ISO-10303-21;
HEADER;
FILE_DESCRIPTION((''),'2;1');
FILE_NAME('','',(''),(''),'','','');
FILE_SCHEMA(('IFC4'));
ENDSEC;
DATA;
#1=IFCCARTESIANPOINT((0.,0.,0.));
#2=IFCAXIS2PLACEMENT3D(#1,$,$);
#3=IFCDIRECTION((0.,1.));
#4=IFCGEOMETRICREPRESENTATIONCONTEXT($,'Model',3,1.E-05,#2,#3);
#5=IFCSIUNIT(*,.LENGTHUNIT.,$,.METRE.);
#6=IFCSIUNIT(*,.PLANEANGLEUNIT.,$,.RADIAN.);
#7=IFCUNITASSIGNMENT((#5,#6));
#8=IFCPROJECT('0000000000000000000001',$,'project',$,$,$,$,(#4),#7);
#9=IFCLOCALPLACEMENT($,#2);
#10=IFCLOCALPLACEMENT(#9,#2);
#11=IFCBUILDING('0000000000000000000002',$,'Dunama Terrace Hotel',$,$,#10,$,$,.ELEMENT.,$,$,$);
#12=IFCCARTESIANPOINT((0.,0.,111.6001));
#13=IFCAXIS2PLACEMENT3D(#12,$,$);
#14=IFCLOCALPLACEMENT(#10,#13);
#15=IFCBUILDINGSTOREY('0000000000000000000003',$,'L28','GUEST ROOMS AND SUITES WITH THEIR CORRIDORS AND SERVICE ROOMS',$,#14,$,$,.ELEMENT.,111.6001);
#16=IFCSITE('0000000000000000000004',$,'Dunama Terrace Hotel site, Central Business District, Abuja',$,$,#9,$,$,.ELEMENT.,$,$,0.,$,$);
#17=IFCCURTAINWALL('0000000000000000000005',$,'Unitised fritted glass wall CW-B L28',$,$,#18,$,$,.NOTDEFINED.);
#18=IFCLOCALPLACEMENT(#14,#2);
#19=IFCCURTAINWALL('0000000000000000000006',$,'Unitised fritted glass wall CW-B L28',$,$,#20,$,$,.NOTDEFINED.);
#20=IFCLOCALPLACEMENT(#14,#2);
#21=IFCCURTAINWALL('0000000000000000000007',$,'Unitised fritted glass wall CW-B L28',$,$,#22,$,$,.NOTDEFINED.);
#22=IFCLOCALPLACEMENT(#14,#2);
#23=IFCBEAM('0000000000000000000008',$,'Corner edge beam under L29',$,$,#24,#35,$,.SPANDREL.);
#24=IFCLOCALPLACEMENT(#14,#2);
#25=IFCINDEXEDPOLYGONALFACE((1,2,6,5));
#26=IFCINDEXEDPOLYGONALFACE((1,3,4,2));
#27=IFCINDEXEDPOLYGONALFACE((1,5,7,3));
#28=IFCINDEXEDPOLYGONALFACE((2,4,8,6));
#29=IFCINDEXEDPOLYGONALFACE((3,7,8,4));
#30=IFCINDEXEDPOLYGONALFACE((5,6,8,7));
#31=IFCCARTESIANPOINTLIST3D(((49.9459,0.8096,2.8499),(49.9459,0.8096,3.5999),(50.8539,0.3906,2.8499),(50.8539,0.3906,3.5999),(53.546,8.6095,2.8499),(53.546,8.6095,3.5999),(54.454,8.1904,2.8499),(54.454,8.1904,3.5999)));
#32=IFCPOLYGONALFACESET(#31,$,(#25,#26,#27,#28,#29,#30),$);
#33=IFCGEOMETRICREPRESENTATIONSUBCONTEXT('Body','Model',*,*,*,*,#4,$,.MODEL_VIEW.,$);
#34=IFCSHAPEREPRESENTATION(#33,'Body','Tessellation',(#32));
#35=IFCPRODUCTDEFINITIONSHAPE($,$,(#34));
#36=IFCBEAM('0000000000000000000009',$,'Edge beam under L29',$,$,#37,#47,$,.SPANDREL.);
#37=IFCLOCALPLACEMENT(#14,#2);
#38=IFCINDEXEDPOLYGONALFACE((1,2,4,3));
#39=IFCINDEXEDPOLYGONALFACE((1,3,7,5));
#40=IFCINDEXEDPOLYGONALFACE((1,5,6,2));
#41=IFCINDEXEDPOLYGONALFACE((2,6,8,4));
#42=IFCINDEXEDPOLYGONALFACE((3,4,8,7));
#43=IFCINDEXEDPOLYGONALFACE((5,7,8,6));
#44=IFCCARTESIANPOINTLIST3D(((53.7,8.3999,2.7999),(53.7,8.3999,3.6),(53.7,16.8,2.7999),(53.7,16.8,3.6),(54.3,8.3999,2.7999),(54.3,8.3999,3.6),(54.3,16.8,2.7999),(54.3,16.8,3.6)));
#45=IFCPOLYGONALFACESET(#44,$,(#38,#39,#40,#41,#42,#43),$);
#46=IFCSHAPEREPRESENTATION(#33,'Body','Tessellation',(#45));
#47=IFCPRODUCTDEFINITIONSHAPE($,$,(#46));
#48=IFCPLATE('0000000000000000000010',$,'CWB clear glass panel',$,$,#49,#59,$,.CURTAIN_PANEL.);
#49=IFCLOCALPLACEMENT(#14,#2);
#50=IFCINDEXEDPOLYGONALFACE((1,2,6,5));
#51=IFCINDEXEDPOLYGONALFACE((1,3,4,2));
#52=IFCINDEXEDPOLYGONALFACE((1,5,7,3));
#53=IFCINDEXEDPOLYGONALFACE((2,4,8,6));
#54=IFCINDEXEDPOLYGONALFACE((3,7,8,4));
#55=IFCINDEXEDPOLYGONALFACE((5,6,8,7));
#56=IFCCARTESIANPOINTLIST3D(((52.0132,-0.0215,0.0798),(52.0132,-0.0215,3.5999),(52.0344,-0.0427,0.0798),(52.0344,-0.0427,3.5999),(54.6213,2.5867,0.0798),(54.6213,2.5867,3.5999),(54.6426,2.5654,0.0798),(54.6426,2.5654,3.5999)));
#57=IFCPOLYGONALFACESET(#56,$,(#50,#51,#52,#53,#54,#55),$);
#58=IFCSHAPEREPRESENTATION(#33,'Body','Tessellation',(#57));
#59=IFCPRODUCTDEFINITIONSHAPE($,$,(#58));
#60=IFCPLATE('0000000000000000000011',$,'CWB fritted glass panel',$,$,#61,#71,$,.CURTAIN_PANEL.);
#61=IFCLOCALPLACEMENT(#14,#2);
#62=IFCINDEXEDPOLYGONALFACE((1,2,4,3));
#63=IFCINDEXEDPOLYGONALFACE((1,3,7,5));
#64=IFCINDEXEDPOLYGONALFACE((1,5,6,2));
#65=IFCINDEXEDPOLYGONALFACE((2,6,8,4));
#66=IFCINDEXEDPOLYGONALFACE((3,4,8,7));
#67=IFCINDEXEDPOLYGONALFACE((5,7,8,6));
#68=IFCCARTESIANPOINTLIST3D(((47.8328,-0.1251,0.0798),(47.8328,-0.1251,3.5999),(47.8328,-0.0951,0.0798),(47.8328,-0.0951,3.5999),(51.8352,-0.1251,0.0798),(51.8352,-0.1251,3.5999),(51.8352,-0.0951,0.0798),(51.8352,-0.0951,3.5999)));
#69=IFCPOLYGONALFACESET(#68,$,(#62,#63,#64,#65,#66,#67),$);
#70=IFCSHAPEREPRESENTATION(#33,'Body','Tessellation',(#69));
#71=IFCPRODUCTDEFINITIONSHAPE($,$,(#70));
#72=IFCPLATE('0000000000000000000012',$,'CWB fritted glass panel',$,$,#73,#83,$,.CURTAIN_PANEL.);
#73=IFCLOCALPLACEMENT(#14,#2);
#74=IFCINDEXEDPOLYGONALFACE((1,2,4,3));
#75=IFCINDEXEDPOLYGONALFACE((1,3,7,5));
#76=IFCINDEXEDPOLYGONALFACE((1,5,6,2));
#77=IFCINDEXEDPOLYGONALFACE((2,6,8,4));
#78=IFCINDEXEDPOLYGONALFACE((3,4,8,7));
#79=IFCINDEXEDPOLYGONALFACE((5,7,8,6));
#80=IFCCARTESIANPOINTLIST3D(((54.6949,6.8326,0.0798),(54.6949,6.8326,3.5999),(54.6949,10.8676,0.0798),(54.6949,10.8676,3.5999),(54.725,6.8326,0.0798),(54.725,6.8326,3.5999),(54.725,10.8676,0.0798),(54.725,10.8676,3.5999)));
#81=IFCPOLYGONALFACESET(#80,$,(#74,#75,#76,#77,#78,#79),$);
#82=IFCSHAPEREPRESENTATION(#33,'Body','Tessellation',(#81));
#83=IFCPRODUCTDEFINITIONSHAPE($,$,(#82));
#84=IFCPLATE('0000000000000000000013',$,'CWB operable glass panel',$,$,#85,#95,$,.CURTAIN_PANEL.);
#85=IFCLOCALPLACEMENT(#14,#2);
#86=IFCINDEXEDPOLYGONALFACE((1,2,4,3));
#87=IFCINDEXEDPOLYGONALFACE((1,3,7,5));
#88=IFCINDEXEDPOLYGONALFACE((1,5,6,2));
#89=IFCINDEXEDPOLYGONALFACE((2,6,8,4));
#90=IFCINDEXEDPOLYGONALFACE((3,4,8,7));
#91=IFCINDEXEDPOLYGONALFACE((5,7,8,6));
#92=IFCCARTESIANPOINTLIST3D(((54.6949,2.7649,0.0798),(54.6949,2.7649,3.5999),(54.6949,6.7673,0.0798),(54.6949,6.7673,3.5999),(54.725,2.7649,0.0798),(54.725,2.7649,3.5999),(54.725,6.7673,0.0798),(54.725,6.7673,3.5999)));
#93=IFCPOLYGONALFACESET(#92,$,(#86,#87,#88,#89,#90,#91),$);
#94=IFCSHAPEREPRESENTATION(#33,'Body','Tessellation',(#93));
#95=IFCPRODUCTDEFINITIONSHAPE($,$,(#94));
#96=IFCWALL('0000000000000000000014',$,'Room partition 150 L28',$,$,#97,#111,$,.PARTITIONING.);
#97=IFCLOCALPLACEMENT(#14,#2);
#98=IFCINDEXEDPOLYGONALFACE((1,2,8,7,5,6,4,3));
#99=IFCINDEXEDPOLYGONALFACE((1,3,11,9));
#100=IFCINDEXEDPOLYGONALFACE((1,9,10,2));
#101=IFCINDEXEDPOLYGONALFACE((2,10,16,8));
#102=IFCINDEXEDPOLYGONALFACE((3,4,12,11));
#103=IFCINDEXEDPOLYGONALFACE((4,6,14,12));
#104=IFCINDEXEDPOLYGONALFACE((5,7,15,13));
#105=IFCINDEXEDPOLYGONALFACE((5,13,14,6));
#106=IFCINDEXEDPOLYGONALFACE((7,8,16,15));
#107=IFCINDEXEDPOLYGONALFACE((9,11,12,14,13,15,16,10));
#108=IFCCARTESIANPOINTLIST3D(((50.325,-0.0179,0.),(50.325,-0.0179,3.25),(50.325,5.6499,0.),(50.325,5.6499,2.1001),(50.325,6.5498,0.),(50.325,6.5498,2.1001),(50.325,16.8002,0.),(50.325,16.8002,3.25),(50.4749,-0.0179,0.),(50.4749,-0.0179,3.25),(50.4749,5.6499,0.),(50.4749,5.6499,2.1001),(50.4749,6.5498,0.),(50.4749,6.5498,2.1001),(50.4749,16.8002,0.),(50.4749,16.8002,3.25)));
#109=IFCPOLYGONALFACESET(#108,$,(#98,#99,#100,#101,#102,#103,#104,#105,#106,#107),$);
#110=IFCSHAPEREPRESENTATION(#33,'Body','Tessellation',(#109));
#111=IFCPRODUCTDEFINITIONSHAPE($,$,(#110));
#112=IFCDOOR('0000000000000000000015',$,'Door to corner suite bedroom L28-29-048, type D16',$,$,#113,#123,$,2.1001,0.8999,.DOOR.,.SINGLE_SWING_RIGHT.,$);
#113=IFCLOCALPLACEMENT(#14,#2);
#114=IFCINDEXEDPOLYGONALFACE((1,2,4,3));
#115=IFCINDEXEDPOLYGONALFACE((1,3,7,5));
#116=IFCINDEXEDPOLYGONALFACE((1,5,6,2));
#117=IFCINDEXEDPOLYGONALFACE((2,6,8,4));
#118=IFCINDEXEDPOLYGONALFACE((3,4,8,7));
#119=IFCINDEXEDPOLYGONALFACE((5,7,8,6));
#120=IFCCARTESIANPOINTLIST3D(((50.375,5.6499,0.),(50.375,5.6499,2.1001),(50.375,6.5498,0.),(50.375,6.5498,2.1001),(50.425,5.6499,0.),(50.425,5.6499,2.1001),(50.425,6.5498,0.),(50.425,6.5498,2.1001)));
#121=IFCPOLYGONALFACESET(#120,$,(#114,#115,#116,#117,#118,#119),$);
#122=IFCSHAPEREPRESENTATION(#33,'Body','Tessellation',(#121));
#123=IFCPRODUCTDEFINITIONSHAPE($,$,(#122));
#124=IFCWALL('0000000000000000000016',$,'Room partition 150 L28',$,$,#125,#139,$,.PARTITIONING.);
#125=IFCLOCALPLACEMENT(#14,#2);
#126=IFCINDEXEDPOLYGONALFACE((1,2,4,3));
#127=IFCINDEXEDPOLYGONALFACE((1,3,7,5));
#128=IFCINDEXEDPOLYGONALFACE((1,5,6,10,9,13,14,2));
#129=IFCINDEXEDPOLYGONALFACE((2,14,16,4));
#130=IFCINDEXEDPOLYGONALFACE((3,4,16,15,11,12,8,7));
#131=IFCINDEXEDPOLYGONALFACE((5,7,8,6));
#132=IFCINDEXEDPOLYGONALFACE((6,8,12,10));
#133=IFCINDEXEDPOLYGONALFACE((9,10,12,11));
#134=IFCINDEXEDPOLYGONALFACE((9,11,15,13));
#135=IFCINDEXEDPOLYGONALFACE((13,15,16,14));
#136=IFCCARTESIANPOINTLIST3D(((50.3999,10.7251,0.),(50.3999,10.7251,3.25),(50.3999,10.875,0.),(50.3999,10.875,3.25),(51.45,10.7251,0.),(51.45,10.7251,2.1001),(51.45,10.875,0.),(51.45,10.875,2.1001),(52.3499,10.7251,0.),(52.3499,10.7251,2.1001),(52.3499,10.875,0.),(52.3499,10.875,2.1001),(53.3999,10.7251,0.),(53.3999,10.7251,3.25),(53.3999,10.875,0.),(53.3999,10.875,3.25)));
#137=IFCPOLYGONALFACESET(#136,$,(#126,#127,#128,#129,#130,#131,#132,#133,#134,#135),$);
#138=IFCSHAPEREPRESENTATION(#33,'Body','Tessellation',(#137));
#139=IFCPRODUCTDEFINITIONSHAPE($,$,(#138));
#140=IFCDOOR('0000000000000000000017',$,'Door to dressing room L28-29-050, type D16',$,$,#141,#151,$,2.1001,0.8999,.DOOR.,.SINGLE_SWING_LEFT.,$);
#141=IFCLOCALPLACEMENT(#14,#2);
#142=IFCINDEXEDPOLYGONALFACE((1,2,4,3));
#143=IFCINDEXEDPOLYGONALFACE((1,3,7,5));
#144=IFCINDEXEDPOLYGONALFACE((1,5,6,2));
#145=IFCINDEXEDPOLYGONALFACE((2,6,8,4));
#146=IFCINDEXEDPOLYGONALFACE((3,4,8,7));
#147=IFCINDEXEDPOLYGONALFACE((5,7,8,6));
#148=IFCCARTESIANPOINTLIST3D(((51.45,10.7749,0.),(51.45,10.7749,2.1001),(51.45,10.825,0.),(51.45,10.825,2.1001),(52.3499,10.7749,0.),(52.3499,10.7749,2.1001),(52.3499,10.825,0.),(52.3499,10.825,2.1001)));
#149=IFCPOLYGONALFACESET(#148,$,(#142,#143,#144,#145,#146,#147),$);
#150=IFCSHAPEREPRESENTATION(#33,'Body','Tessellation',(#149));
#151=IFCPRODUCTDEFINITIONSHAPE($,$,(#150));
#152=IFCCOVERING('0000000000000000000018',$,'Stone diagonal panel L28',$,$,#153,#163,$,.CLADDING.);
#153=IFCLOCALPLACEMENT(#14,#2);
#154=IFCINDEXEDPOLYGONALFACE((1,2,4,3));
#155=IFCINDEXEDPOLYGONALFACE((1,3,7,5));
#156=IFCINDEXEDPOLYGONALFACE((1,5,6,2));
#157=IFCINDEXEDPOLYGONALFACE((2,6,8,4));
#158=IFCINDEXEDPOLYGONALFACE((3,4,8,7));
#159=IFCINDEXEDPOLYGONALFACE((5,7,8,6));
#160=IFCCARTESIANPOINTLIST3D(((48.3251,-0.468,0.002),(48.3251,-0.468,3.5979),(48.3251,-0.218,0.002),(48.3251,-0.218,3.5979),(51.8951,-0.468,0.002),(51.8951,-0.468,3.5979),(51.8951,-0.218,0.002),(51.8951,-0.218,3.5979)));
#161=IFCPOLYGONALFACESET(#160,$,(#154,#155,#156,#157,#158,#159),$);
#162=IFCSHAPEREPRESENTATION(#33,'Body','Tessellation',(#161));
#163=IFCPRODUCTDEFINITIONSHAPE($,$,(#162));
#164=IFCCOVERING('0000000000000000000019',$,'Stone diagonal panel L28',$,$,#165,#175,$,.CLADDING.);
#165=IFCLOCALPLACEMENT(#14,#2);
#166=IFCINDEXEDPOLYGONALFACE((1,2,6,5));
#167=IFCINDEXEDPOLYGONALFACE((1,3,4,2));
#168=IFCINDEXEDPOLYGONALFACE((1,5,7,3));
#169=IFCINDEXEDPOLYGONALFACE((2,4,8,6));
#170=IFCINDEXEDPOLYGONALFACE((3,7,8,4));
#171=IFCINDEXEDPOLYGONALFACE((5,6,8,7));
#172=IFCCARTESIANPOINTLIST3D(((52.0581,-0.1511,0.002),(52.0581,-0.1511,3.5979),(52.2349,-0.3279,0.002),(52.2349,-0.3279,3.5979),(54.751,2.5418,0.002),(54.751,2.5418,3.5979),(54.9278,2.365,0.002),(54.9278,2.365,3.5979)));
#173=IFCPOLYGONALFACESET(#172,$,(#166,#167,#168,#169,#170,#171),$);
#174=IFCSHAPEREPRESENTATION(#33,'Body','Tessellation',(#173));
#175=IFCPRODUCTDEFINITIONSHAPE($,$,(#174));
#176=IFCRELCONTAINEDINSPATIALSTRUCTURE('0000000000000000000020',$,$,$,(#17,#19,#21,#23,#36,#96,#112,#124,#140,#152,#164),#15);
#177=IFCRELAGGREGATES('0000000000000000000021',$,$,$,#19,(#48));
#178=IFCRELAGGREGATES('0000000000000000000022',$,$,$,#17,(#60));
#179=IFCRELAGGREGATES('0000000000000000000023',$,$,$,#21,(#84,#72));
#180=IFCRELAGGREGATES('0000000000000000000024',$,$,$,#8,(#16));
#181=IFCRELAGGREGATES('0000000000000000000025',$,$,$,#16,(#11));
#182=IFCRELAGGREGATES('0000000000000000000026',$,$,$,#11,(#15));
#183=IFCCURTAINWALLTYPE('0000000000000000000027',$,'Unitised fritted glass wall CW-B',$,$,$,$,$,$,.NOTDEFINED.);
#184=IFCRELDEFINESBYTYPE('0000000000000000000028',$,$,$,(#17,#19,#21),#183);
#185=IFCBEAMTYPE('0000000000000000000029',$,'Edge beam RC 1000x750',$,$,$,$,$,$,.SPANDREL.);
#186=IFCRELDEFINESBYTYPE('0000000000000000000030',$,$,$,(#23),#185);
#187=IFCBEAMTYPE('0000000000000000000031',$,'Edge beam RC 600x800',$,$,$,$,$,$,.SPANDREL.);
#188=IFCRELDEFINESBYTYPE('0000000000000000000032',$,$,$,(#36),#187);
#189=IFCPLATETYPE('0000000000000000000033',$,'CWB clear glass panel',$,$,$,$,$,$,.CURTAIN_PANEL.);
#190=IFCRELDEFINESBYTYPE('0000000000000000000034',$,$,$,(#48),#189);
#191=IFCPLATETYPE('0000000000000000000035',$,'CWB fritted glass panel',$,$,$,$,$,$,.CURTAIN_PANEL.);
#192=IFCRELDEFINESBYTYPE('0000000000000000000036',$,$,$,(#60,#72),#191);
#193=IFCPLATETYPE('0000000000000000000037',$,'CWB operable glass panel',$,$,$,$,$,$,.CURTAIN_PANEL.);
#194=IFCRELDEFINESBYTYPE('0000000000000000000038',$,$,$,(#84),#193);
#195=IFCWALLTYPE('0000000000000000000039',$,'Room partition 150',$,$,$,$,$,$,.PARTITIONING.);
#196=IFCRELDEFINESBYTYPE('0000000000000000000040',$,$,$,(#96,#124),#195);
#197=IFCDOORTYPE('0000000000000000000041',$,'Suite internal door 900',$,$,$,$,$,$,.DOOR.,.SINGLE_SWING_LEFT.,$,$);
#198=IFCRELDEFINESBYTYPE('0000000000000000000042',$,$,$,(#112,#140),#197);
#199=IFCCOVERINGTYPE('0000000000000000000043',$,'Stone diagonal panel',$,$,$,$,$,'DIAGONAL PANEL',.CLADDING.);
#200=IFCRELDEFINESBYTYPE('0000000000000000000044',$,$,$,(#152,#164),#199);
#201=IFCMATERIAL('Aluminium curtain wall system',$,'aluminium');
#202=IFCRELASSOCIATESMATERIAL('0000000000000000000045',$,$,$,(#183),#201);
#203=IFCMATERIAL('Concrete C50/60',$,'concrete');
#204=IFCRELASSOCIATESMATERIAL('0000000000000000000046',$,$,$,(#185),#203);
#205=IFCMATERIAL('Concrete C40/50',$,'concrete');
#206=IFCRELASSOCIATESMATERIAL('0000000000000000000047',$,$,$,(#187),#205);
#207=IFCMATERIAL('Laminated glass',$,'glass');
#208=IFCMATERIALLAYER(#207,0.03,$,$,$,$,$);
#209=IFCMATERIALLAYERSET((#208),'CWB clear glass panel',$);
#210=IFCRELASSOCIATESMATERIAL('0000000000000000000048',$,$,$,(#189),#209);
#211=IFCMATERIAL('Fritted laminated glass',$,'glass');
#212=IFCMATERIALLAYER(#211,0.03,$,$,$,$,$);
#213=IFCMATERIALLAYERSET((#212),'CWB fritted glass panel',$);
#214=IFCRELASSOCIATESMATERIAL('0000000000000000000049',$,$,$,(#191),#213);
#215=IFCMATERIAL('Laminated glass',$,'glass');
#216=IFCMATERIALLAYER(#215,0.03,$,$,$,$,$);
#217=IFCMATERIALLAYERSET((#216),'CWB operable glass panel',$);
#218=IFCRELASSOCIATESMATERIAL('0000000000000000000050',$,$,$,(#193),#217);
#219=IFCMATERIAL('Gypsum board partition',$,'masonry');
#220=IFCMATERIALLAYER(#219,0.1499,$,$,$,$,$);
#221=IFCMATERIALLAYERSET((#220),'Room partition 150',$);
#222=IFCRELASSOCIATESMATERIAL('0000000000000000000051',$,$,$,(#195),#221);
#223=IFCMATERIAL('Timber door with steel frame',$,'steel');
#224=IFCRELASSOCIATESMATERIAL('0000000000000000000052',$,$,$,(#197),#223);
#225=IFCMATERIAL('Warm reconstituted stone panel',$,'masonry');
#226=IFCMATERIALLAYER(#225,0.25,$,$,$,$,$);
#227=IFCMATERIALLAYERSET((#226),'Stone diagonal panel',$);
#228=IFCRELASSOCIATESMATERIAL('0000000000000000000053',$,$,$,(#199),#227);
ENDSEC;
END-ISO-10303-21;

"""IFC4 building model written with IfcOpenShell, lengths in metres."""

from ifc_helpers import new_model, si_unit, direction, frame, frame_2d, origin, origin_2d, place, context, subcontext, project, spatial, rectangle, extrude, material, layer, layer_set, material_profile, profile_set, type_object, element, fill, aggregate, save


model = new_model("IFC4")

# Units and contexts
model_context = context("Model", 3, precision=1e-05, world=origin(), true_north=direction((0.0, 1.0)))
body_context = subcontext(model_context, "Body", "Model", "MODEL_VIEW")
ifc_project = project(units=[si_unit("LENGTHUNIT", "METRE"), si_unit("PLANEANGLEUNIT", "RADIAN")], contexts=[model_context])

# Site, building, storey
site_placement = place(None, origin())
site = spatial("IfcSite", under=ifc_project, at=site_placement, Name="Dunama Terrace Hotel site, Central Business District, Abuja", CompositionType="ELEMENT", RefElevation=0.0)
building_placement = place(site_placement, origin())
building = spatial("IfcBuilding", under=site, at=building_placement, Name="Dunama Terrace Hotel", CompositionType="ELEMENT")
storey_placement = place(building_placement, frame((0.0, 0.0, 111.6001)))
storey = spatial("IfcBuildingStorey", under=building, at=storey_placement, Name="L28", Description="GUEST ROOMS AND SUITES WITH THEIR CORRIDORS AND SERVICE ROOMS", CompositionType="ELEMENT", Elevation=111.6001)

# Curtain walls
ifc_material_1 = material(Name="Aluminium curtain wall system", Category="aluminium")
curtain_wall_type = type_object("IfcCurtainWallType", Name="Unitised fritted glass wall CW-B", PredefinedType="NOTDEFINED", material=ifc_material_1)
curtain_wall_1_placement = place(storey_placement, origin())
curtain_wall_1 = element("IfcCurtainWall", 1, at=curtain_wall_1_placement, inside=storey, type_object=curtain_wall_type, Name="Unitised fritted glass wall CW-B L28", PredefinedType="NOTDEFINED")
curtain_wall_2_placement = place(storey_placement, origin())
curtain_wall_2 = element("IfcCurtainWall", 2, at=curtain_wall_2_placement, inside=storey, type_object=curtain_wall_type, Name="Unitised fritted glass wall CW-B L28", PredefinedType="NOTDEFINED")
curtain_wall_3_placement = place(storey_placement, origin())
curtain_wall_3 = element("IfcCurtainWall", 3, at=curtain_wall_3_placement, inside=storey, type_object=curtain_wall_type, Name="Unitised fritted glass wall CW-B L28", PredefinedType="NOTDEFINED")

# Beams
ifc_material_2 = material(Name="Concrete C50/60", Category="concrete")
ifc_material_profile_1 = material_profile(ifc_material_2, rectangle(XDim=1.0, YDim=0.75, at=origin_2d()), Name="RC 1000x750")
ifc_profile_set_1 = profile_set([ifc_material_profile_1], Name="Concrete C50/60")
beam_type_1 = type_object("IfcBeamType", Name="Edge beam RC 1000x750", PredefinedType="SPANDREL", material=ifc_profile_set_1)
beam_1_placement = place(storey_placement, frame((50.3999, 0.6001, 3.2249), z_axis=(0.419076, 0.907951, 0.0), x_axis=(-0.907951, 0.419076, 0.0)))
element("IfcBeam", 4, at=beam_1_placement, inside=storey, type_object=beam_type_1, Name="Corner edge beam under L29", PredefinedType="SPANDREL", context=body_context, shape_type="SweptSolid", body=[
    extrude(rectangle(XDim=1.0, YDim=0.75, at=origin_2d()), origin(), (0.0, 0.0, 1.0), 8.5906),
])
ifc_material_3 = material(Name="Concrete C40/50", Category="concrete")
ifc_material_profile_2 = material_profile(ifc_material_3, rectangle(XDim=0.6001, YDim=0.8, at=origin_2d()), Name="RC 600x800")
ifc_profile_set_2 = profile_set([ifc_material_profile_2], Name="Concrete C40/50")
beam_type_2 = type_object("IfcBeamType", Name="Edge beam RC 600x800", PredefinedType="SPANDREL", material=ifc_profile_set_2)
beam_2_placement = place(storey_placement, frame((54.0, 8.3999, 3.2), z_axis=(0.0, 1.0, 0.0), x_axis=(-1.0, 0.0, 0.0)))
element("IfcBeam", 5, at=beam_2_placement, inside=storey, type_object=beam_type_2, Name="Edge beam under L29", PredefinedType="SPANDREL", context=body_context, shape_type="SweptSolid", body=[
    extrude(rectangle(XDim=0.6001, YDim=0.8, at=origin_2d()), origin(), (0.0, 0.0, 1.0), 8.4001),
])

# Plates
ifc_material_4 = material(Name="Laminated glass", Category="glass")
ifc_layer_1 = layer(ifc_material_4, 0.03)
ifc_layer_set_1 = layer_set([ifc_layer_1], Name="CWB clear glass panel")
plate_type_1 = type_object("IfcPlateType", Name="CWB clear glass panel", PredefinedType="CURTAIN_PANEL", material=ifc_layer_set_1)
plate_1_placement = place(storey_placement, frame((53.3279, 1.272, 0.0798), z_axis=(0.0, 0.0, 1.0), x_axis=(0.707107, 0.707107, 0.0)))
plate_1 = element("IfcPlate", 6, at=plate_1_placement, type_object=plate_type_1, Name="CWB clear glass panel", PredefinedType="CURTAIN_PANEL", context=body_context, shape_type="SweptSolid", body=[
    extrude(rectangle(XDim=3.6885, YDim=0.03, at=origin_2d()), origin(), (0.0, 0.0, 1.0), 3.52),
])
aggregate(curtain_wall_2, [plate_1])
ifc_material_5 = material(Name="Fritted laminated glass", Category="glass")
ifc_layer_2 = layer(ifc_material_5, 0.03)
ifc_layer_set_2 = layer_set([ifc_layer_2], Name="CWB fritted glass panel")
plate_type_2 = type_object("IfcPlateType", Name="CWB fritted glass panel", PredefinedType="CURTAIN_PANEL", material=ifc_layer_set_2)
plate_2_placement = place(storey_placement, frame((49.834, -0.1101, 0.0798), z_axis=(0.0, 0.0, 1.0), x_axis=(1.0, 0.0, 0.0)))
plate_2 = element("IfcPlate", 7, at=plate_2_placement, type_object=plate_type_2, Name="CWB fritted glass panel", PredefinedType="CURTAIN_PANEL", context=body_context, shape_type="SweptSolid", body=[
    extrude(rectangle(XDim=4.0024, YDim=0.03, at=origin_2d()), origin(), (0.0, 0.0, 1.0), 3.52),
])
aggregate(curtain_wall_1, [plate_2])
plate_3_placement = place(storey_placement, frame((54.71, 8.8501, 0.0798), z_axis=(0.0, 0.0, 1.0), x_axis=(0.0, 1.0, 0.0)))
plate_3 = element("IfcPlate", 8, at=plate_3_placement, type_object=plate_type_2, Name="CWB fritted glass panel", PredefinedType="CURTAIN_PANEL", context=body_context, shape_type="SweptSolid", body=[
    extrude(rectangle(XDim=4.0349, YDim=0.03, at=origin_2d()), origin(), (0.0, 0.0, 1.0), 3.52),
])
ifc_material_6 = material(Name="Laminated glass", Category="glass")
ifc_layer_3 = layer(ifc_material_6, 0.03)
ifc_layer_set_3 = layer_set([ifc_layer_3], Name="CWB operable glass panel")
plate_type_3 = type_object("IfcPlateType", Name="CWB operable glass panel", PredefinedType="CURTAIN_PANEL", material=ifc_layer_set_3)
plate_4_placement = place(storey_placement, frame((54.71, 4.7661, 0.0798), z_axis=(0.0, 0.0, 1.0), x_axis=(0.0, 1.0, 0.0)))
plate_4 = element("IfcPlate", 9, at=plate_4_placement, type_object=plate_type_3, Name="CWB operable glass panel", PredefinedType="CURTAIN_PANEL", context=body_context, shape_type="SweptSolid", body=[
    extrude(rectangle(XDim=4.0024, YDim=0.03, at=origin_2d()), origin(), (0.0, 0.0, 1.0), 3.52),
])
aggregate(curtain_wall_3, [plate_4, plate_3])

# Walls, openings, doors
ifc_material_7 = material(Name="Gypsum board partition", Category="masonry")
ifc_layer_4 = layer(ifc_material_7, 0.1499)
ifc_layer_set_4 = layer_set([ifc_layer_4], Name="Room partition 150")
wall_type = type_object("IfcWallType", Name="Room partition 150", PredefinedType="PARTITIONING", material=ifc_layer_set_4)
wall_1_placement = place(storey_placement, frame((50.3999, -0.0181, 0.0), z_axis=(0.0, 0.0, 1.0), x_axis=(0.0, 1.0, 0.0)))
wall_1 = element("IfcWall", 10, at=wall_1_placement, inside=storey, type_object=wall_type, Name="Room partition 150 L28", PredefinedType="PARTITIONING", context=body_context, shape_type="SweptSolid", body=[
    extrude(rectangle(XDim=16.8181, YDim=0.1499, at=frame_2d((8.4092, 0.0))), origin(), (0.0, 0.0, 1.0), 3.25),
])
opening_1_placement = place(wall_1_placement, frame((5.668, 0.0, 0.0)))
opening_1 = element("IfcOpeningElement", 11, at=opening_1_placement, cuts=wall_1, PredefinedType="OPENING", context=body_context, shape_type="SweptSolid", body=[
    extrude(rectangle(XDim=0.8999, YDim=2.1001, at=frame_2d((0.45, 1.05))), frame((0.0, 0.085, 0.0), z_axis=(0.0, -1.0, 0.0), x_axis=(1.0, 0.0, 0.0)), (0.0, 0.0, 1.0), 0.1699),
])
ifc_material_8 = material(Name="Timber door with steel frame", Category="steel")
door_type = type_object("IfcDoorType", Name="Suite internal door 900", OperationType="SINGLE_SWING_LEFT", PredefinedType="DOOR", material=ifc_material_8)
door_1_placement = place(opening_1_placement, frame((0.8999, 0.0, 0.0), z_axis=(0.0, 0.0, 1.0), x_axis=(-1.0, 0.0, 0.0)))
door_1 = element("IfcDoor", 12, at=door_1_placement, inside=storey, type_object=door_type, Name="Door to corner suite bedroom L28-29-048, type D16", OperationType="SINGLE_SWING_RIGHT", OverallHeight=2.1001, OverallWidth=0.8999, PredefinedType="DOOR", context=body_context, shape_type="SweptSolid", body=[
    extrude(rectangle(XDim=0.8999, YDim=2.1001, at=frame_2d((0.45, 1.05))), frame((0.0, 0.0251, 0.0), z_axis=(0.0, -1.0, 0.0), x_axis=(1.0, 0.0, 0.0)), (0.0, 0.0, 1.0), 0.05),
])
fill(opening_1, door_1)
wall_2_placement = place(storey_placement, frame((50.3999, 10.8, 0.0), z_axis=(0.0, 0.0, 1.0), x_axis=(1.0, 0.0, 0.0)))
wall_2 = element("IfcWall", 13, at=wall_2_placement, inside=storey, type_object=wall_type, Name="Room partition 150 L28", PredefinedType="PARTITIONING", context=body_context, shape_type="SweptSolid", body=[
    extrude(rectangle(XDim=3.0, YDim=0.1499, at=frame_2d((1.5, 0.0))), origin(), (0.0, 0.0, 1.0), 3.25),
])
opening_2_placement = place(wall_2_placement, frame((1.05, 0.0, 0.0)))
opening_2 = element("IfcOpeningElement", 14, at=opening_2_placement, cuts=wall_2, PredefinedType="OPENING", context=body_context, shape_type="SweptSolid", body=[
    extrude(rectangle(XDim=0.8999, YDim=2.1001, at=frame_2d((0.45, 1.05))), frame((0.0, 0.085, 0.0), z_axis=(0.0, -1.0, 0.0), x_axis=(1.0, 0.0, 0.0)), (0.0, 0.0, 1.0), 0.1699),
])
door_2_placement = place(opening_2_placement, origin())
door_2 = element("IfcDoor", 15, at=door_2_placement, inside=storey, type_object=door_type, Name="Door to dressing room L28-29-050, type D16", OperationType="SINGLE_SWING_LEFT", OverallHeight=2.1001, OverallWidth=0.8999, PredefinedType="DOOR", context=body_context, shape_type="SweptSolid", body=[
    extrude(rectangle(XDim=0.8999, YDim=2.1001, at=frame_2d((0.45, 1.05))), frame((0.0, 0.0249, 0.0), z_axis=(0.0, -1.0, 0.0), x_axis=(1.0, 0.0, 0.0)), (0.0, 0.0, 1.0), 0.05),
])
fill(opening_2, door_2)

# Coverings
ifc_material_9 = material(Name="Warm reconstituted stone panel", Category="masonry")
ifc_layer_5 = layer(ifc_material_9, 0.25)
ifc_layer_set_5 = layer_set([ifc_layer_5], Name="Stone diagonal panel")
covering_type = type_object("IfcCoveringType", Name="Stone diagonal panel", ElementType="DIAGONAL PANEL", PredefinedType="CLADDING", material=ifc_layer_set_5)
covering_1_placement = place(storey_placement, frame((50.1101, -0.343, 0.002), z_axis=(0.0, 0.0, 1.0), x_axis=(1.0, 0.0, 0.0)))
element("IfcCovering", 16, at=covering_1_placement, inside=storey, type_object=covering_type, Name="Stone diagonal panel L28", PredefinedType="CLADDING", context=body_context, shape_type="SweptSolid", body=[
    extrude(rectangle(XDim=3.5701, YDim=0.25, at=origin_2d()), origin(), (0.0, 0.0, 1.0), 3.5959),
])
covering_2_placement = place(storey_placement, frame((53.4929, 1.1069, 0.002), z_axis=(0.0, 0.0, 1.0), x_axis=(0.707107, 0.707107, 0.0)))
element("IfcCovering", 17, at=covering_2_placement, inside=storey, type_object=covering_type, Name="Stone diagonal panel L28", PredefinedType="CLADDING", context=body_context, shape_type="SweptSolid", body=[
    extrude(rectangle(XDim=3.8083, YDim=0.25, at=origin_2d()), origin(), (0.0, 0.0, 1.0), 3.5959),
])

save(model, "model.ifc")
